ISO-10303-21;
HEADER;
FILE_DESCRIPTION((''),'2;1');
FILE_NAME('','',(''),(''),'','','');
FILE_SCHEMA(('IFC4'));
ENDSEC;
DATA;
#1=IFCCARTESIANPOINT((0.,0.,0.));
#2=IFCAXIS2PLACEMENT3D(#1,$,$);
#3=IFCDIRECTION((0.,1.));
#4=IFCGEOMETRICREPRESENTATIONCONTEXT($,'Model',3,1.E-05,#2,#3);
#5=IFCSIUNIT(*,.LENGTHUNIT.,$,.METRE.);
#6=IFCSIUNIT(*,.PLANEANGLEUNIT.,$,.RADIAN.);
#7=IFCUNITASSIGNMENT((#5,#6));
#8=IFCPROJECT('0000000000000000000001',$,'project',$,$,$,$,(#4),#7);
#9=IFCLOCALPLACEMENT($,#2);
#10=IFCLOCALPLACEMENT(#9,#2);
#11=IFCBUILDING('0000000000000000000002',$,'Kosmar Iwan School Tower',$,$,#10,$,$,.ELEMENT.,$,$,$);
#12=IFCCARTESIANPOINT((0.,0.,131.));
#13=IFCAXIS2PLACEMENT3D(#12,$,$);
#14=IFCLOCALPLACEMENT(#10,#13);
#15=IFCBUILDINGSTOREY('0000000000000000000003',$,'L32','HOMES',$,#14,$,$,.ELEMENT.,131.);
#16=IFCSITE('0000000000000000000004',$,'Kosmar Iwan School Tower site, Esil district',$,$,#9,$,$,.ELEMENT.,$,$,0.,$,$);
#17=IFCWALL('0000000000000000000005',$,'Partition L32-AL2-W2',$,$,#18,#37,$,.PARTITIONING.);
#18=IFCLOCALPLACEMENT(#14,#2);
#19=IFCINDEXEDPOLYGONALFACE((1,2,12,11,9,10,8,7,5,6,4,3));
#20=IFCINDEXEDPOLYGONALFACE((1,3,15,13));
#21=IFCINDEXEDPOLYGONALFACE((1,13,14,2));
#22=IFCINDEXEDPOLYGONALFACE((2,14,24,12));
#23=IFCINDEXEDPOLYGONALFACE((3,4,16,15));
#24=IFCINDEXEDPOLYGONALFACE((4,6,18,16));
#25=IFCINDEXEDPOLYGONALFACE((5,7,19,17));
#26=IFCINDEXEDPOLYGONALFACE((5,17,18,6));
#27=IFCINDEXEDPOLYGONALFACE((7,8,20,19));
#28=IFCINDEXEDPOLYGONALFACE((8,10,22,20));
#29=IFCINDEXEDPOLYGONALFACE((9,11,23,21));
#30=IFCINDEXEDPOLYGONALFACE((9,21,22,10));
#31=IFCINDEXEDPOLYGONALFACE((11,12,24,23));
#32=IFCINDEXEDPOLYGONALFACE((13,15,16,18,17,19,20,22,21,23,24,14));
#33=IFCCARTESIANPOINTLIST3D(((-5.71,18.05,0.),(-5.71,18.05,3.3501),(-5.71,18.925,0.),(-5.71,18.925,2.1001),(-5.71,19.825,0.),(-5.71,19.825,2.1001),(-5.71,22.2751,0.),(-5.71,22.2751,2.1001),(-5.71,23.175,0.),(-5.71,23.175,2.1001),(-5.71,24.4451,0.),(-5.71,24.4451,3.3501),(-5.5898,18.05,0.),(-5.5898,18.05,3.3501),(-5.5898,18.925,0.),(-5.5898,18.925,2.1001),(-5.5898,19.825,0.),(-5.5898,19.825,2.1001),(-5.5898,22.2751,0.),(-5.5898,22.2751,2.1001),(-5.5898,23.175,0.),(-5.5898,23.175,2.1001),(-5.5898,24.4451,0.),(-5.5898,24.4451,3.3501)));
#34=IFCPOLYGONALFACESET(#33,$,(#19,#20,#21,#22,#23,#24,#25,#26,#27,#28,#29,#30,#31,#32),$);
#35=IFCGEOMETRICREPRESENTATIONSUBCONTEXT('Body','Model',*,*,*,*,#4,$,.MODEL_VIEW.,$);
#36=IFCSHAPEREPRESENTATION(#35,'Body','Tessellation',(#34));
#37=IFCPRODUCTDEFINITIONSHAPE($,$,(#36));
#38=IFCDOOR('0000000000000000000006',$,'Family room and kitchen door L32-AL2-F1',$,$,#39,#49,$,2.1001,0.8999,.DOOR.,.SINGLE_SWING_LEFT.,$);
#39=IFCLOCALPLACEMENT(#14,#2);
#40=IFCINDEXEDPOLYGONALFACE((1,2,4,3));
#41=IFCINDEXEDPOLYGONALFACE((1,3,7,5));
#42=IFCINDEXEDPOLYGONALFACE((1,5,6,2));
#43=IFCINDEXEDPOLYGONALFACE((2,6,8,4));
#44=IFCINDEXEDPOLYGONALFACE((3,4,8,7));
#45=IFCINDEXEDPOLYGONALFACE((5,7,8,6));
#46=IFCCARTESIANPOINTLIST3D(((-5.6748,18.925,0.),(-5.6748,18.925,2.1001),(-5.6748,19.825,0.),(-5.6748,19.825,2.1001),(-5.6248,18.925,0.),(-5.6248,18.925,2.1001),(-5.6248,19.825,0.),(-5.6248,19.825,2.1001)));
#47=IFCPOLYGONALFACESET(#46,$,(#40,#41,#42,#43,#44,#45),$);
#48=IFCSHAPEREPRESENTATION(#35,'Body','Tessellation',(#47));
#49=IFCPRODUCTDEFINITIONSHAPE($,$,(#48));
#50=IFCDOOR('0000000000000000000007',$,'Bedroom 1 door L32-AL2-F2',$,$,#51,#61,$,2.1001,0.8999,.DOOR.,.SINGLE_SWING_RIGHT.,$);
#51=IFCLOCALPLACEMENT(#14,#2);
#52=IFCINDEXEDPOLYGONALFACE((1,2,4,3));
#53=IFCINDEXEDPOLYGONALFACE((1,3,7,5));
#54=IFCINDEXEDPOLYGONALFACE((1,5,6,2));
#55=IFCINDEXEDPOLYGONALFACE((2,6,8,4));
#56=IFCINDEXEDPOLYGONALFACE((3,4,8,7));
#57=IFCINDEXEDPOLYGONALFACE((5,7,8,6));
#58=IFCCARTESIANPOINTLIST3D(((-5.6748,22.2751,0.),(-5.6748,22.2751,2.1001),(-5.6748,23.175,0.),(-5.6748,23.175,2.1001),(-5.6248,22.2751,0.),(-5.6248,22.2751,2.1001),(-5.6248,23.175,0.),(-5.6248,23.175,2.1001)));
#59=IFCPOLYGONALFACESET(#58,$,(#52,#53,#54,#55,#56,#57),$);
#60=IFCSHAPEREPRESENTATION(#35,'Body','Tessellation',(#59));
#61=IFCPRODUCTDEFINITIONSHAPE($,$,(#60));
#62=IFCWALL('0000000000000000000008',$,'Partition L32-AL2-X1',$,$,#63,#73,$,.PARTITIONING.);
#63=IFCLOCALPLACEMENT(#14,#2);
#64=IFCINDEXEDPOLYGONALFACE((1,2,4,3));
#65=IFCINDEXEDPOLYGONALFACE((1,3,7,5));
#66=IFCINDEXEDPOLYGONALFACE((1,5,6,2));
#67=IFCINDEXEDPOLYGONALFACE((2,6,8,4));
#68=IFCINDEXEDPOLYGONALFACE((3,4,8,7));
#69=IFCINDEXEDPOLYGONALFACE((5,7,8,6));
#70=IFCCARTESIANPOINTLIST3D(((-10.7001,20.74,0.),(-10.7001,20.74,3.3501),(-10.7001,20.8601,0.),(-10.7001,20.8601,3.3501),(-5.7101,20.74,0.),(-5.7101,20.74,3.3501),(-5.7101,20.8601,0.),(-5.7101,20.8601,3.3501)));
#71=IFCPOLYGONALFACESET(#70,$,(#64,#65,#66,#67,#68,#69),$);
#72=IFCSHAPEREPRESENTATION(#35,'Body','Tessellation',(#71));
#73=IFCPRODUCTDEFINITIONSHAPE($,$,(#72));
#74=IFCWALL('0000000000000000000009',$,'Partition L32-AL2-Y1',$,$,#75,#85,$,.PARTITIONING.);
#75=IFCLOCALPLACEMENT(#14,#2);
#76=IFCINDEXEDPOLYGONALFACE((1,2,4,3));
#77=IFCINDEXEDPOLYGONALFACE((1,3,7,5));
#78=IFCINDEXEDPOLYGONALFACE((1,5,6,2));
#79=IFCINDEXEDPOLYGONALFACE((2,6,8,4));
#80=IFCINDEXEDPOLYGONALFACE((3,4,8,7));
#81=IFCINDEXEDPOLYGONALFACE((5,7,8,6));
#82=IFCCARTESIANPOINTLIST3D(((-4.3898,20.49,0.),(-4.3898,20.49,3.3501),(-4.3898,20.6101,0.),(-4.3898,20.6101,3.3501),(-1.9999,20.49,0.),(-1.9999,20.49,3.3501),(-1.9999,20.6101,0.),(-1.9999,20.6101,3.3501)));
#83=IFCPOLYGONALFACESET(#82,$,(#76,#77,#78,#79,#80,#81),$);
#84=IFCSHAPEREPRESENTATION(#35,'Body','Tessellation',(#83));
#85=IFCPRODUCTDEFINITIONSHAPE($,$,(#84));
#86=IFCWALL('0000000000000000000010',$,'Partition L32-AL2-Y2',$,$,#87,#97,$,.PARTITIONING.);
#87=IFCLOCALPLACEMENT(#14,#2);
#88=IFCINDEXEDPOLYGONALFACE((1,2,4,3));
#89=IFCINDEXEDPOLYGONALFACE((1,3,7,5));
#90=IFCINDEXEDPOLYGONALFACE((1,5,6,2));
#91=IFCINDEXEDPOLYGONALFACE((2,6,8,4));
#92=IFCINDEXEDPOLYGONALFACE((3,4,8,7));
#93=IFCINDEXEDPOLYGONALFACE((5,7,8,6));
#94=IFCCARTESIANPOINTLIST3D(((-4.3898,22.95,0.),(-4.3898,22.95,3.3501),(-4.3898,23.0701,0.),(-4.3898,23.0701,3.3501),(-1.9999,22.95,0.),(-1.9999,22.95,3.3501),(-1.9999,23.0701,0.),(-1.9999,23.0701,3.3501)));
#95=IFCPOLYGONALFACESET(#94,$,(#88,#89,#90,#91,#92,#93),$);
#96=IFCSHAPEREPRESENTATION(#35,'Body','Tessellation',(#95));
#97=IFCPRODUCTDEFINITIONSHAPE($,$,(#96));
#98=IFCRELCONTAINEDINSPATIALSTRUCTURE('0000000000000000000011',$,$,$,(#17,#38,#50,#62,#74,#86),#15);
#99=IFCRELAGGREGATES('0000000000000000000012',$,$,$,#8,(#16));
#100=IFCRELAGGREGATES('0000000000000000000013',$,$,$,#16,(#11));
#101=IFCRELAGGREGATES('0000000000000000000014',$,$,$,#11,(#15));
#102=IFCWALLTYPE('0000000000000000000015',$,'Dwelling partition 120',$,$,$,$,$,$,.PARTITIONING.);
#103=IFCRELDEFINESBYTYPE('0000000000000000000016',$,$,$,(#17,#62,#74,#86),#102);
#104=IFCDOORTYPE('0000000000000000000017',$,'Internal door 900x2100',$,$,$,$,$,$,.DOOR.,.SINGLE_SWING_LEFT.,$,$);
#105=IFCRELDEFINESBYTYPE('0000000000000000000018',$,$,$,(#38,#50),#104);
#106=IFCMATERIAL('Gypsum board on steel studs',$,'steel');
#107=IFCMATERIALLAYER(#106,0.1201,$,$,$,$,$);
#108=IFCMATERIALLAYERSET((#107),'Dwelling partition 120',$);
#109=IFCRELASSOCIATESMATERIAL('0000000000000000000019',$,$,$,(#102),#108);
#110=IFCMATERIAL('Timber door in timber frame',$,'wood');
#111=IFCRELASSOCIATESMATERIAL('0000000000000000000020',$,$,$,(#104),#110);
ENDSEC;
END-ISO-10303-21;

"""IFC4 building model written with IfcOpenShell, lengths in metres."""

from ifc_helpers import new_model, si_unit, direction, frame, frame_2d, origin, place, context, subcontext, project, spatial, rectangle, extrude, material, layer, layer_set, type_object, element, fill, save


model = new_model("IFC4")

# Units and contexts
model_context = context("Model", 3, precision=1e-05, world=origin(), true_north=direction((0.0, 1.0)))
body_context = subcontext(model_context, "Body", "Model", "MODEL_VIEW")
ifc_project = project(units=[si_unit("LENGTHUNIT", "METRE"), si_unit("PLANEANGLEUNIT", "RADIAN")], contexts=[model_context])

# Site, building, storey
site_placement = place(None, origin())
site = spatial("IfcSite", under=ifc_project, at=site_placement, Name="Kosmar Iwan School Tower site, Esil district", CompositionType="ELEMENT", RefElevation=0.0)
building_placement = place(site_placement, origin())
building = spatial("IfcBuilding", under=site, at=building_placement, Name="Kosmar Iwan School Tower", CompositionType="ELEMENT")
storey_placement = place(building_placement, frame((0.0, 0.0, 131.0)))
storey = spatial("IfcBuildingStorey", under=building, at=storey_placement, Name="L32", Description="HOMES", CompositionType="ELEMENT", Elevation=131.0)

# Wall, openings, doors
ifc_material_1 = material(Name="Gypsum board on steel studs", Category="steel")
ifc_layer_1 = layer(ifc_material_1, 0.1201)
ifc_layer_set_1 = layer_set([ifc_layer_1], Name="Dwelling partition 120")
wall_type = type_object("IfcWallType", Name="Dwelling partition 120", PredefinedType="PARTITIONING", material=ifc_layer_set_1)
ifc_material_2 = material(Name="Timber door in timber frame", Category="wood")
door_type_1 = type_object("IfcDoorType", Name="Internal door 900x2100", OperationType="SINGLE_SWING_LEFT", PredefinedType="DOOR", material=ifc_material_2)
wall_1_placement = place(storey_placement, frame((-5.6499, 18.05, 0.0), z_axis=(0.0, 0.0, 1.0), x_axis=(0.0, 1.0, 0.0)))
wall_1 = element("IfcWall", 1, at=wall_1_placement, inside=storey, type_object=wall_type, Name="Partition L32-AL2-W2", PredefinedType="PARTITIONING", context=body_context, shape_type="SweptSolid", body=[
    extrude(rectangle(XDim=6.395, YDim=0.1201, at=frame_2d((3.1975, 0.0))), origin(), (0.0, 0.0, 1.0), 3.3501),
])
opening_1_placement = place(wall_1_placement, frame((0.875, 0.0, 0.0)))
opening_1 = element("IfcOpeningElement", 2, at=opening_1_placement, cuts=wall_1, PredefinedType="OPENING", context=body_context, shape_type="SweptSolid", body=[
    extrude(rectangle(XDim=0.8999, YDim=2.1001, at=frame_2d((0.45, 1.05))), frame((0.0, 0.072, 0.0), z_axis=(0.0, -1.0, 0.0), x_axis=(1.0, 0.0, 0.0)), (0.0, 0.0, 1.0), 0.144),
])
opening_2_placement = place(wall_1_placement, frame((4.2251, 0.0, 0.0)))
opening_2 = element("IfcOpeningElement", 3, at=opening_2_placement, cuts=wall_1, PredefinedType="OPENING", context=body_context, shape_type="SweptSolid", body=[
    extrude(rectangle(XDim=0.8999, YDim=2.1001, at=frame_2d((0.45, 1.05))), frame((0.0, 0.072, 0.0), z_axis=(0.0, -1.0, 0.0), x_axis=(1.0, 0.0, 0.0)), (0.0, 0.0, 1.0), 0.144),
])
door_1_placement = place(opening_1_placement, origin())
door_1 = element("IfcDoor", 4, at=door_1_placement, inside=storey, type_object=door_type_1, Name="Family room and kitchen door L32-AL2-F1", OperationType="SINGLE_SWING_LEFT", OverallHeight=2.1001, OverallWidth=0.8999, PredefinedType="DOOR", context=body_context, shape_type="SweptSolid", body=[
    extrude(rectangle(XDim=0.8999, YDim=2.1001, at=frame_2d((0.45, 1.05))), frame((0.0, 0.0249, 0.0), z_axis=(0.0, -1.0, 0.0), x_axis=(1.0, 0.0, 0.0)), (0.0, 0.0, 1.0), 0.05),
])
fill(opening_1, door_1)
door_2_placement = place(opening_2_placement, origin())
door_2 = element("IfcDoor", 5, at=door_2_placement, inside=storey, type_object=door_type_1, Name="Bedroom 1 door L32-AL2-F2", OperationType="SINGLE_SWING_RIGHT", OverallHeight=2.1001, OverallWidth=0.8999, PredefinedType="DOOR", context=body_context, shape_type="SweptSolid", body=[
    extrude(rectangle(XDim=0.8999, YDim=2.1001, at=frame_2d((0.45, 1.05))), frame((0.0, 0.0249, 0.0), z_axis=(0.0, -1.0, 0.0), x_axis=(1.0, 0.0, 0.0)), (0.0, 0.0, 1.0), 0.05),
])
fill(opening_2, door_2)

# Walls
wall_2_placement = place(storey_placement, frame((-5.71, 20.8, 0.0), z_axis=(0.0, 0.0, 1.0), x_axis=(-1.0, 0.0, 0.0)))
element("IfcWall", 6, at=wall_2_placement, inside=storey, type_object=wall_type, Name="Partition L32-AL2-X1", PredefinedType="PARTITIONING", context=body_context, shape_type="SweptSolid", body=[
    extrude(rectangle(XDim=4.99, YDim=0.1201, at=frame_2d((2.4951, 0.0))), origin(), (0.0, 0.0, 1.0), 3.3501),
])
for number, where, z_axis, x_axis, name in (
    (7, (-2.0, 20.55, 0.0), (0.0, 0.0, 1.0), (-1.0, 0.0, 0.0), "Partition L32-AL2-Y1"),
    (8, (-2.0, 23.01, 0.0), (0.0, 0.0, 1.0), (-1.0, 0.0, 0.0), "Partition L32-AL2-Y2"),
):
    element("IfcWall", number, at=place(storey_placement, frame(where, z_axis=z_axis, x_axis=x_axis)), inside=storey, type_object=wall_type, Name=name, PredefinedType="PARTITIONING", context=body_context, shape_type="SweptSolid", body=[
        extrude(rectangle(XDim=2.3899, YDim=0.1201, at=frame_2d((1.1948, 0.0))), origin(), (0.0, 0.0, 1.0), 3.3501),
    ])

save(model, "model.ifc")
